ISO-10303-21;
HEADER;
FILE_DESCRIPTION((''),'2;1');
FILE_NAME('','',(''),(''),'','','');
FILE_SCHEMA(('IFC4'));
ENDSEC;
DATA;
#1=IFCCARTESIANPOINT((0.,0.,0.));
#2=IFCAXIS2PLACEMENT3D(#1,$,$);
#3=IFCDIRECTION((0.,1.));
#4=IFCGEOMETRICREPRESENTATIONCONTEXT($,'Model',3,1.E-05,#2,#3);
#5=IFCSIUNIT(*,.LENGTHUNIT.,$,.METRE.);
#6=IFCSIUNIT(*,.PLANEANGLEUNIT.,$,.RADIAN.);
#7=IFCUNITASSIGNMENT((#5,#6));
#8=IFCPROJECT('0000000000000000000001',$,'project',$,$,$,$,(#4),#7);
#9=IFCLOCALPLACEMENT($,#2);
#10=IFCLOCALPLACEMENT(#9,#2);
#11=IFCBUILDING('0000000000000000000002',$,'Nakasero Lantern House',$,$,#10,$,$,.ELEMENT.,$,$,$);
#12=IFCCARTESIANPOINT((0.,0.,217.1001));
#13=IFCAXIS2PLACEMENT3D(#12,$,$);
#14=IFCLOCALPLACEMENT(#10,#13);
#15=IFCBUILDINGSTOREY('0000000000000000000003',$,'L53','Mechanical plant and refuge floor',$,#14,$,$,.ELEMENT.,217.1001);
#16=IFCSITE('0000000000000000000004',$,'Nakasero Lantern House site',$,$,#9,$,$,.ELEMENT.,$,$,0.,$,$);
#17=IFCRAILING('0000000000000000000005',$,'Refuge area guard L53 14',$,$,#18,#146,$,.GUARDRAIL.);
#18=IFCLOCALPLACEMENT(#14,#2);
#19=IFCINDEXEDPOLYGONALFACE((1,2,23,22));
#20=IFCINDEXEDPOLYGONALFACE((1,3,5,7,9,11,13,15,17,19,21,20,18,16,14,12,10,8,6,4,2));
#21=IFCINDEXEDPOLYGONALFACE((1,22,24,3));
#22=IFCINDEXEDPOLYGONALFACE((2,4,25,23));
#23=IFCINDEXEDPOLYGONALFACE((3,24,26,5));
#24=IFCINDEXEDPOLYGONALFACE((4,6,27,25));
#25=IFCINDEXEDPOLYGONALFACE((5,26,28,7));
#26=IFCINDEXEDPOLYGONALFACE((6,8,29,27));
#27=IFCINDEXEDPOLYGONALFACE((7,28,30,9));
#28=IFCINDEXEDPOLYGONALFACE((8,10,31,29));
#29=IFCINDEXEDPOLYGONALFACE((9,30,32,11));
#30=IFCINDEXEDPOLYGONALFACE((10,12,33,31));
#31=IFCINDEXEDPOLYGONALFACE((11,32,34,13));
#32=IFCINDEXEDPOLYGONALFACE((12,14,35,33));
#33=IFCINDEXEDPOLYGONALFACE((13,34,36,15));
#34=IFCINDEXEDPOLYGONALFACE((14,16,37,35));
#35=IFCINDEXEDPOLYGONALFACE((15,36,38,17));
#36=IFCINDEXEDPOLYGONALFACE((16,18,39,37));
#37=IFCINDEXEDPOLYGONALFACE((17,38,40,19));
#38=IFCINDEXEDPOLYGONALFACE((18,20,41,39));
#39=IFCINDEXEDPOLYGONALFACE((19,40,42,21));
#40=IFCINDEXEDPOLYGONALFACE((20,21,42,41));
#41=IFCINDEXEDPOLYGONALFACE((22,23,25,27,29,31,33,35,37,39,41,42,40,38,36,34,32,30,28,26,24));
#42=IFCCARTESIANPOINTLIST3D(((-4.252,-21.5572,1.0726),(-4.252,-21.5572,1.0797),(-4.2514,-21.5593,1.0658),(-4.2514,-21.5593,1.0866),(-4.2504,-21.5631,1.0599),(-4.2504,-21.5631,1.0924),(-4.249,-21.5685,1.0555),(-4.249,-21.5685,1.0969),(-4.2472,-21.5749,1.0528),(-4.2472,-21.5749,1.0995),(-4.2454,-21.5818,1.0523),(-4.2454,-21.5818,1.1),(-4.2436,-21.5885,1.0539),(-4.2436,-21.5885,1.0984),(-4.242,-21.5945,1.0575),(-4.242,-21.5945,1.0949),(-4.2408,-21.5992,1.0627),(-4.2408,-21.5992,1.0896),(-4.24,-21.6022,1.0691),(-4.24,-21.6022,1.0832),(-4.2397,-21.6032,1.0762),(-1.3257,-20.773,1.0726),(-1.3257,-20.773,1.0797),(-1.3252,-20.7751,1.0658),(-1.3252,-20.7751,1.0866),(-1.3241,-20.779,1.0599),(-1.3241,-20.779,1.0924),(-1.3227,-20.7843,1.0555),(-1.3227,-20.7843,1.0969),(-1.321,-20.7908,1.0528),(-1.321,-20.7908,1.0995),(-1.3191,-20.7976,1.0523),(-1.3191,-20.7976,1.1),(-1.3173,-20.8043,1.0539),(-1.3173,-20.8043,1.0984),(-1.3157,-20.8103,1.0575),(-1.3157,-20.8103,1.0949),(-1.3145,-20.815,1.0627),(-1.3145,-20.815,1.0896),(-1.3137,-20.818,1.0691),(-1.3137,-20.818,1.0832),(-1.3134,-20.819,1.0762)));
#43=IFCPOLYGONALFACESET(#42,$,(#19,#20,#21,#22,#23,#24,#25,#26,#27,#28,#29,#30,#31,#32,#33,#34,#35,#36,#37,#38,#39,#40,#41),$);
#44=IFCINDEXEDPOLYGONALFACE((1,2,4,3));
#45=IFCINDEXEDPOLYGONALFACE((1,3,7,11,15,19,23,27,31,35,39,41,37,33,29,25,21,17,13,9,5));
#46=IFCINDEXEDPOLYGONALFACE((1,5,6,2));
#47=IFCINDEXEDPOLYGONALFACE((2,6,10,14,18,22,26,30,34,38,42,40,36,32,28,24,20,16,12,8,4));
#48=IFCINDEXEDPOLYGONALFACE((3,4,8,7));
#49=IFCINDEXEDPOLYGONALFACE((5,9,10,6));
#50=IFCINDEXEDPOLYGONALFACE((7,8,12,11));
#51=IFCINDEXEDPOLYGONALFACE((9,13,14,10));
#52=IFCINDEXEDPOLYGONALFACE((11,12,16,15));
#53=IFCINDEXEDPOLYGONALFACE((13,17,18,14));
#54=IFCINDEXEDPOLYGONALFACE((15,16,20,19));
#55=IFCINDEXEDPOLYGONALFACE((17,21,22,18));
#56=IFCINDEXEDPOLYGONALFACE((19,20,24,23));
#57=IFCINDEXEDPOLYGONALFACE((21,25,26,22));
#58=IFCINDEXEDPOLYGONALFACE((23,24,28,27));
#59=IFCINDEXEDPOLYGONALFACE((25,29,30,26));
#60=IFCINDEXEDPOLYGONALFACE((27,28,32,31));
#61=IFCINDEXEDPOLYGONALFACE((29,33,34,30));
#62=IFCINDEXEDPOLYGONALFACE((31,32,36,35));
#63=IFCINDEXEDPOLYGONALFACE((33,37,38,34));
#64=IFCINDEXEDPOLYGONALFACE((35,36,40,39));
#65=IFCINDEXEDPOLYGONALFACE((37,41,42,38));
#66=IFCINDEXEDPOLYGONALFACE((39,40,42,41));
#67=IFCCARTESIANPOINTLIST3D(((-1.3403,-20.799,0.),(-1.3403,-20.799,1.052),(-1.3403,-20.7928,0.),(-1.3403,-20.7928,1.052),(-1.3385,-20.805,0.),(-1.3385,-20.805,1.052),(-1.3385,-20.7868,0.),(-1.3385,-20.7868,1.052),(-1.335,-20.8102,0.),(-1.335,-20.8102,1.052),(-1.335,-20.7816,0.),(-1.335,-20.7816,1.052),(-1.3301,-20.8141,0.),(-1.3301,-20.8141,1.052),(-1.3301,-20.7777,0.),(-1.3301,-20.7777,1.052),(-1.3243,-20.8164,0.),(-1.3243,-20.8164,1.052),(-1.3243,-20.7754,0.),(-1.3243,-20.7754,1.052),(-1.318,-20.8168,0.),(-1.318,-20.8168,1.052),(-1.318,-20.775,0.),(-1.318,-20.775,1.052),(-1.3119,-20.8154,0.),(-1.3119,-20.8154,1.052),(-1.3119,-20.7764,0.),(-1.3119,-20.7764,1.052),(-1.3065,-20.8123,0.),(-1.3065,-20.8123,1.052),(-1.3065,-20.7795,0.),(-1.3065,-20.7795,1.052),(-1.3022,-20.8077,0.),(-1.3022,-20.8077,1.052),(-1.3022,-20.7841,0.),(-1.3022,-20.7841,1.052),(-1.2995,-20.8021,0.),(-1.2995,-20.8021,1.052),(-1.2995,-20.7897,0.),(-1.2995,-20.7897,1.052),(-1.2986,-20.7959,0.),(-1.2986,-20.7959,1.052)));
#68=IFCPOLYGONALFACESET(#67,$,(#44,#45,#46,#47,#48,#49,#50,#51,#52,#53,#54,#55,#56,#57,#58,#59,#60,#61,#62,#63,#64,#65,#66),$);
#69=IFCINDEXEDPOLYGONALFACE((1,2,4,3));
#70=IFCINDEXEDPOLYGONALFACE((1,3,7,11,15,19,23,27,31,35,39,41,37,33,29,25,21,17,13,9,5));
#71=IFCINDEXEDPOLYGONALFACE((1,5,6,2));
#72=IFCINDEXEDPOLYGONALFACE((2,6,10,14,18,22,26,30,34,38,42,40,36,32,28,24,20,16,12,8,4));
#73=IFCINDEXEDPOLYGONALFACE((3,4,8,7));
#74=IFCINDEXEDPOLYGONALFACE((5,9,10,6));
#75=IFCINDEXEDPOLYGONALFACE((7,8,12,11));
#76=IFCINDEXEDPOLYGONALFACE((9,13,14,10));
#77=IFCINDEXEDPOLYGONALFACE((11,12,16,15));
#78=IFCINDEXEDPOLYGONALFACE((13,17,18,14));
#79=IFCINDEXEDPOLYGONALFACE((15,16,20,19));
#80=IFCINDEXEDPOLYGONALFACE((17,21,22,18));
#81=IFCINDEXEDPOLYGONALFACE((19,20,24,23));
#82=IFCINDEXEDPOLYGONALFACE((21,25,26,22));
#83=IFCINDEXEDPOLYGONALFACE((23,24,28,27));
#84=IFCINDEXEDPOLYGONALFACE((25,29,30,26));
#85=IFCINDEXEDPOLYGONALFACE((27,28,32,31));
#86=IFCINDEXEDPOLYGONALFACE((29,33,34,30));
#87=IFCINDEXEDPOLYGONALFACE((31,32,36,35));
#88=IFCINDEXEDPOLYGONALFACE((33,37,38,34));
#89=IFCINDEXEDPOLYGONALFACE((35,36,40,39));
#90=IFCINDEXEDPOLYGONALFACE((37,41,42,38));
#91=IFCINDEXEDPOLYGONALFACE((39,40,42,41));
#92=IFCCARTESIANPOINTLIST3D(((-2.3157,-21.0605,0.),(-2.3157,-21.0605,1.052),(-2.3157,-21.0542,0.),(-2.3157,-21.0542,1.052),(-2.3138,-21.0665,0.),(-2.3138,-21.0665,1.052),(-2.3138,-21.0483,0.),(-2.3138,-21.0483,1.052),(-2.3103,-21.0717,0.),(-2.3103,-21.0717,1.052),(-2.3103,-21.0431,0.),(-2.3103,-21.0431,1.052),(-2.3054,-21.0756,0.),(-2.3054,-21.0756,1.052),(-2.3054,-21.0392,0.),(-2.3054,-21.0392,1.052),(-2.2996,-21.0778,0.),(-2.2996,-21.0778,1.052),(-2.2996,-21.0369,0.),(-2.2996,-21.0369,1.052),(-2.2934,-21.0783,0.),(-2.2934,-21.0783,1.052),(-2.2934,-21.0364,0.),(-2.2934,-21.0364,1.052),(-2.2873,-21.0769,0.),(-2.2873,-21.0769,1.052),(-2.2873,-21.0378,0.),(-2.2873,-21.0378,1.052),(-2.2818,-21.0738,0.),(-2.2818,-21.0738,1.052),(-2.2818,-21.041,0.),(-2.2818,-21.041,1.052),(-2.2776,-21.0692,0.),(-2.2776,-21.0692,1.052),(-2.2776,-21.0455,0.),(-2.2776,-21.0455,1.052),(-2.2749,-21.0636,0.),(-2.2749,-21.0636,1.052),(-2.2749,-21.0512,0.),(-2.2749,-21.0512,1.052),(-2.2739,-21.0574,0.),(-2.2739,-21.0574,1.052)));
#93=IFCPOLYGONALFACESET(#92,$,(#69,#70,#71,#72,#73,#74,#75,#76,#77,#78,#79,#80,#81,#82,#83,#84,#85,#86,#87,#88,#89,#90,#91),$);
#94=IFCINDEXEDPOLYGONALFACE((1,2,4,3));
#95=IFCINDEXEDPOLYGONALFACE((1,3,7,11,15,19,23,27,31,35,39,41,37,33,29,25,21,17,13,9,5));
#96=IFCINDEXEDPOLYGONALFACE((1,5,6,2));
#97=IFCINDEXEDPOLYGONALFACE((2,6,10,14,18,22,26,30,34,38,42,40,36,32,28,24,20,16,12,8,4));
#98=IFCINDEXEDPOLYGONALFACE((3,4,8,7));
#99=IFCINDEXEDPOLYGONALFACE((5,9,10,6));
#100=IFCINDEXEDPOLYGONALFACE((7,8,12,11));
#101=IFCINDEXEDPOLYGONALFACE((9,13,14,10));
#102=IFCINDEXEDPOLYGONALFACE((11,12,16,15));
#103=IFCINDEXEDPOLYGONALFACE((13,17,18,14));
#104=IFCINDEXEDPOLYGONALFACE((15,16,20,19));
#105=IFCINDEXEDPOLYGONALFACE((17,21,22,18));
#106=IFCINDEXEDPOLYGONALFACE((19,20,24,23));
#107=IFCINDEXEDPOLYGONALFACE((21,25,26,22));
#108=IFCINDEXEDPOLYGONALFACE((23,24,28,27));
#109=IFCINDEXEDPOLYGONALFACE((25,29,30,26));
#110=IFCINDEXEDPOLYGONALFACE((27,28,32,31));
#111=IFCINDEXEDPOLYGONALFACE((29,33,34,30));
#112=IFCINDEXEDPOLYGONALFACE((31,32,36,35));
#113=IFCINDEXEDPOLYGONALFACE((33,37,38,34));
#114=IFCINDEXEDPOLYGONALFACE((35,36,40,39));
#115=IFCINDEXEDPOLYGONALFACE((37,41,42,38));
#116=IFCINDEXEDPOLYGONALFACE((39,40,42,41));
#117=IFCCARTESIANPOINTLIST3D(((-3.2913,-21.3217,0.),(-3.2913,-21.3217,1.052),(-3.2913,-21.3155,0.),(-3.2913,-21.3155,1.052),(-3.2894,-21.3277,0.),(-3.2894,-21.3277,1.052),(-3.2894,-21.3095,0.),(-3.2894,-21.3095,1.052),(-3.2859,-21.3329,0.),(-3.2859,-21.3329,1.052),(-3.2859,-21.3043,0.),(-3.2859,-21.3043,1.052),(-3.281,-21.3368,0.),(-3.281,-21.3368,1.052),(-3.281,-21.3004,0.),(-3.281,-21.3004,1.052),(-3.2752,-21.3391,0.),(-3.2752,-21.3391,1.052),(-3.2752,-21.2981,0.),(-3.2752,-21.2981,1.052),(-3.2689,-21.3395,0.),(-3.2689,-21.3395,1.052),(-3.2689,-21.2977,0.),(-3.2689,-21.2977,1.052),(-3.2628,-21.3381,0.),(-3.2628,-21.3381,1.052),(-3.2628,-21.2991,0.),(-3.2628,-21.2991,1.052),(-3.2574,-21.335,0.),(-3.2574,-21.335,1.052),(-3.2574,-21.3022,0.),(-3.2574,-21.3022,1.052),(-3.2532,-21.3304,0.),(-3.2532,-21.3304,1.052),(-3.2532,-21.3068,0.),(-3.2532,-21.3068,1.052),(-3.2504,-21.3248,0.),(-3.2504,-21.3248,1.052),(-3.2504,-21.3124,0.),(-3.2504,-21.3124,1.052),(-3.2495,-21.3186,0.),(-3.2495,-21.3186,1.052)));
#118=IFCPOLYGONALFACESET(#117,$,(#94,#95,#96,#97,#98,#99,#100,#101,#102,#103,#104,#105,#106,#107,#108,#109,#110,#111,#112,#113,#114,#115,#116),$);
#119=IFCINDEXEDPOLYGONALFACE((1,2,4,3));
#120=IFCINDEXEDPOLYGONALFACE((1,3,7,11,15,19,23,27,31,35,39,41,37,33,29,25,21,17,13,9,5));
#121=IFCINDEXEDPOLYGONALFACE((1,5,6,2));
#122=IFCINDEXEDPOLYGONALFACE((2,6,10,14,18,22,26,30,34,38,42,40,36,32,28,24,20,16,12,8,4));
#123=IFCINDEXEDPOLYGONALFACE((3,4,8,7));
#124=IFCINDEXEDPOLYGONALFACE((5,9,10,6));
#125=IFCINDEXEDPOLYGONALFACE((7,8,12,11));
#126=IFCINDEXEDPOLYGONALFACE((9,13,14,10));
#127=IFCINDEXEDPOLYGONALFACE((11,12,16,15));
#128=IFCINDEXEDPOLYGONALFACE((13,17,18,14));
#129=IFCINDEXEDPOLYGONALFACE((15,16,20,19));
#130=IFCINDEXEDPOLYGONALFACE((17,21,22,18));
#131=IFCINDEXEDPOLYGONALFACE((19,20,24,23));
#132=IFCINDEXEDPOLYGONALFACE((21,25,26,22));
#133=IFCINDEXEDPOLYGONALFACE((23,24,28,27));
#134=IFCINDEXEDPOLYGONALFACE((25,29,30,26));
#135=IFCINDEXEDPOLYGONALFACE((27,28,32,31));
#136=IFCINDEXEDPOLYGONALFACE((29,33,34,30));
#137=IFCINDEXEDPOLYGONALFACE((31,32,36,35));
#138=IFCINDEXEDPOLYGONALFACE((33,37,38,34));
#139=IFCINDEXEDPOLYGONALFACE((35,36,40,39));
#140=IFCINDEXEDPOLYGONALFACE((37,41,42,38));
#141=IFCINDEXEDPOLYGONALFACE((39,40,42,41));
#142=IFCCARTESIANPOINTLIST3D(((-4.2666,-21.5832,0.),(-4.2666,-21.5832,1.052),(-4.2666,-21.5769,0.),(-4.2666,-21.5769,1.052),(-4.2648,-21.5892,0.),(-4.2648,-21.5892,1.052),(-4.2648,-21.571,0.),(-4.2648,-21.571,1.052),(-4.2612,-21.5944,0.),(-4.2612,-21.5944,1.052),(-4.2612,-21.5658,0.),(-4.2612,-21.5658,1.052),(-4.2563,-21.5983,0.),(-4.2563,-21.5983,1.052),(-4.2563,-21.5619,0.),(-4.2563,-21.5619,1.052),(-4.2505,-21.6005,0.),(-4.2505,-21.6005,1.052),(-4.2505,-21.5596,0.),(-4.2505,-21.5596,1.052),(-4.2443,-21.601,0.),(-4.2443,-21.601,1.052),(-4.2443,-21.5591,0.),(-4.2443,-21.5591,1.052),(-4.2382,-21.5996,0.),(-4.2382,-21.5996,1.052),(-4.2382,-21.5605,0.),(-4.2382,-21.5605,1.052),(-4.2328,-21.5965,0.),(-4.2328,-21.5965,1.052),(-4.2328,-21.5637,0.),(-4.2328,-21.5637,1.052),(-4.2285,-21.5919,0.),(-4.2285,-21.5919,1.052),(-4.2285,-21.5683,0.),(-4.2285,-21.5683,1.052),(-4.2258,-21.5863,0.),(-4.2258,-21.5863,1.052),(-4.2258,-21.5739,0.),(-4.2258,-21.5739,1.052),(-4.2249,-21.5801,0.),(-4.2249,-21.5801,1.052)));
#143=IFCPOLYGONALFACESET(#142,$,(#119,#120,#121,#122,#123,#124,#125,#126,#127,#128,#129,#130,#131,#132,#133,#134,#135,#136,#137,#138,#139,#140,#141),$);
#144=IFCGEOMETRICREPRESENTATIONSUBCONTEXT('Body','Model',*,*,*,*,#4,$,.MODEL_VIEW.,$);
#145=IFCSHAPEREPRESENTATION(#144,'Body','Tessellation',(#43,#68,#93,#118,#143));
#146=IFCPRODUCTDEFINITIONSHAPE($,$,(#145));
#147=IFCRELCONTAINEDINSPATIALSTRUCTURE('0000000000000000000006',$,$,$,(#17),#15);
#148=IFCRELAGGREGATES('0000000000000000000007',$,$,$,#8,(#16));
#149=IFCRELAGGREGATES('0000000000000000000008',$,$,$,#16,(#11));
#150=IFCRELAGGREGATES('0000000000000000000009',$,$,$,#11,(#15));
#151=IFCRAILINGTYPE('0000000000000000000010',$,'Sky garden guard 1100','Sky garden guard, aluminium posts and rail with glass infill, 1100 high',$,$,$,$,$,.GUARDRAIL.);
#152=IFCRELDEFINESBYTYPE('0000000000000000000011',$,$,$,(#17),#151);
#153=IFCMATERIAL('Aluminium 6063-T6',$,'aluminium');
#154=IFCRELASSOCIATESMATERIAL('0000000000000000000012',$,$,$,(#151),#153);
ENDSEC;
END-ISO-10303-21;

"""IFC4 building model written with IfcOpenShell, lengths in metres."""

from ifc_helpers import new_model, si_unit, direction, frame, origin, origin_2d, place, context, subcontext, project, spatial, circle, extrude, material, type_object, element, save


model = new_model("IFC4")

# Units and contexts
model_context = context("Model", 3, precision=1e-05, world=origin(), true_north=direction((0.0, 1.0)))
body_context = subcontext(model_context, "Body", "Model", "MODEL_VIEW")
ifc_project = project(units=[si_unit("LENGTHUNIT", "METRE"), si_unit("PLANEANGLEUNIT", "RADIAN")], contexts=[model_context])

# Site, building, storey
site_placement = place(None, origin())
site = spatial("IfcSite", under=ifc_project, at=site_placement, Name="Nakasero Lantern House site", CompositionType="ELEMENT", RefElevation=0.0)
building_placement = place(site_placement, origin())
building = spatial("IfcBuilding", under=site, at=building_placement, Name="Nakasero Lantern House", CompositionType="ELEMENT")
storey_placement = place(building_placement, frame((0.0, 0.0, 217.1001)))
storey = spatial("IfcBuildingStorey", under=building, at=storey_placement, Name="L53", Description="Mechanical plant and refuge floor", CompositionType="ELEMENT", Elevation=217.1001)

# Railing
ifc_material_1 = material(Name="Aluminium 6063-T6", Category="aluminium")
railing_type = type_object("IfcRailingType", Name="Sky garden guard 1100", Description="Sky garden guard, aluminium posts and rail with glass infill, 1100 high", PredefinedType="GUARDRAIL", material=ifc_material_1)
railing_1_placement = place(storey_placement, frame((-1.3196, -20.7959, 0.0)))
element("IfcRailing", 1, at=railing_1_placement, inside=storey, type_object=railing_type, Name="Refuge area guard L53 14", PredefinedType="GUARDRAIL", context=body_context, shape_type="SweptSolid", body=[
    extrude(circle(Radius=0.0239, at=origin_2d()), frame((0.0, 0.0, 1.0762), z_axis=(-0.965919, -0.258846, 0.0), x_axis=(0.258846, -0.965919, 0.0)), (0.0, 0.0, 1.0), 3.0295),
    extrude(circle(Radius=0.021, at=origin_2d()), origin(), (0.0, 0.0, 1.0), 1.052),
    extrude(circle(Radius=0.021, at=origin_2d()), frame((-0.9753, -0.2615, 0.0)), (0.0, 0.0, 1.0), 1.052),
    extrude(circle(Radius=0.021, at=origin_2d()), frame((-1.9509, -0.5227, 0.0)), (0.0, 0.0, 1.0), 1.052),
    extrude(circle(Radius=0.021, at=origin_2d()), frame((-2.9263, -0.7842, 0.0)), (0.0, 0.0, 1.0), 1.052),
])

save(model, "model.ifc")
